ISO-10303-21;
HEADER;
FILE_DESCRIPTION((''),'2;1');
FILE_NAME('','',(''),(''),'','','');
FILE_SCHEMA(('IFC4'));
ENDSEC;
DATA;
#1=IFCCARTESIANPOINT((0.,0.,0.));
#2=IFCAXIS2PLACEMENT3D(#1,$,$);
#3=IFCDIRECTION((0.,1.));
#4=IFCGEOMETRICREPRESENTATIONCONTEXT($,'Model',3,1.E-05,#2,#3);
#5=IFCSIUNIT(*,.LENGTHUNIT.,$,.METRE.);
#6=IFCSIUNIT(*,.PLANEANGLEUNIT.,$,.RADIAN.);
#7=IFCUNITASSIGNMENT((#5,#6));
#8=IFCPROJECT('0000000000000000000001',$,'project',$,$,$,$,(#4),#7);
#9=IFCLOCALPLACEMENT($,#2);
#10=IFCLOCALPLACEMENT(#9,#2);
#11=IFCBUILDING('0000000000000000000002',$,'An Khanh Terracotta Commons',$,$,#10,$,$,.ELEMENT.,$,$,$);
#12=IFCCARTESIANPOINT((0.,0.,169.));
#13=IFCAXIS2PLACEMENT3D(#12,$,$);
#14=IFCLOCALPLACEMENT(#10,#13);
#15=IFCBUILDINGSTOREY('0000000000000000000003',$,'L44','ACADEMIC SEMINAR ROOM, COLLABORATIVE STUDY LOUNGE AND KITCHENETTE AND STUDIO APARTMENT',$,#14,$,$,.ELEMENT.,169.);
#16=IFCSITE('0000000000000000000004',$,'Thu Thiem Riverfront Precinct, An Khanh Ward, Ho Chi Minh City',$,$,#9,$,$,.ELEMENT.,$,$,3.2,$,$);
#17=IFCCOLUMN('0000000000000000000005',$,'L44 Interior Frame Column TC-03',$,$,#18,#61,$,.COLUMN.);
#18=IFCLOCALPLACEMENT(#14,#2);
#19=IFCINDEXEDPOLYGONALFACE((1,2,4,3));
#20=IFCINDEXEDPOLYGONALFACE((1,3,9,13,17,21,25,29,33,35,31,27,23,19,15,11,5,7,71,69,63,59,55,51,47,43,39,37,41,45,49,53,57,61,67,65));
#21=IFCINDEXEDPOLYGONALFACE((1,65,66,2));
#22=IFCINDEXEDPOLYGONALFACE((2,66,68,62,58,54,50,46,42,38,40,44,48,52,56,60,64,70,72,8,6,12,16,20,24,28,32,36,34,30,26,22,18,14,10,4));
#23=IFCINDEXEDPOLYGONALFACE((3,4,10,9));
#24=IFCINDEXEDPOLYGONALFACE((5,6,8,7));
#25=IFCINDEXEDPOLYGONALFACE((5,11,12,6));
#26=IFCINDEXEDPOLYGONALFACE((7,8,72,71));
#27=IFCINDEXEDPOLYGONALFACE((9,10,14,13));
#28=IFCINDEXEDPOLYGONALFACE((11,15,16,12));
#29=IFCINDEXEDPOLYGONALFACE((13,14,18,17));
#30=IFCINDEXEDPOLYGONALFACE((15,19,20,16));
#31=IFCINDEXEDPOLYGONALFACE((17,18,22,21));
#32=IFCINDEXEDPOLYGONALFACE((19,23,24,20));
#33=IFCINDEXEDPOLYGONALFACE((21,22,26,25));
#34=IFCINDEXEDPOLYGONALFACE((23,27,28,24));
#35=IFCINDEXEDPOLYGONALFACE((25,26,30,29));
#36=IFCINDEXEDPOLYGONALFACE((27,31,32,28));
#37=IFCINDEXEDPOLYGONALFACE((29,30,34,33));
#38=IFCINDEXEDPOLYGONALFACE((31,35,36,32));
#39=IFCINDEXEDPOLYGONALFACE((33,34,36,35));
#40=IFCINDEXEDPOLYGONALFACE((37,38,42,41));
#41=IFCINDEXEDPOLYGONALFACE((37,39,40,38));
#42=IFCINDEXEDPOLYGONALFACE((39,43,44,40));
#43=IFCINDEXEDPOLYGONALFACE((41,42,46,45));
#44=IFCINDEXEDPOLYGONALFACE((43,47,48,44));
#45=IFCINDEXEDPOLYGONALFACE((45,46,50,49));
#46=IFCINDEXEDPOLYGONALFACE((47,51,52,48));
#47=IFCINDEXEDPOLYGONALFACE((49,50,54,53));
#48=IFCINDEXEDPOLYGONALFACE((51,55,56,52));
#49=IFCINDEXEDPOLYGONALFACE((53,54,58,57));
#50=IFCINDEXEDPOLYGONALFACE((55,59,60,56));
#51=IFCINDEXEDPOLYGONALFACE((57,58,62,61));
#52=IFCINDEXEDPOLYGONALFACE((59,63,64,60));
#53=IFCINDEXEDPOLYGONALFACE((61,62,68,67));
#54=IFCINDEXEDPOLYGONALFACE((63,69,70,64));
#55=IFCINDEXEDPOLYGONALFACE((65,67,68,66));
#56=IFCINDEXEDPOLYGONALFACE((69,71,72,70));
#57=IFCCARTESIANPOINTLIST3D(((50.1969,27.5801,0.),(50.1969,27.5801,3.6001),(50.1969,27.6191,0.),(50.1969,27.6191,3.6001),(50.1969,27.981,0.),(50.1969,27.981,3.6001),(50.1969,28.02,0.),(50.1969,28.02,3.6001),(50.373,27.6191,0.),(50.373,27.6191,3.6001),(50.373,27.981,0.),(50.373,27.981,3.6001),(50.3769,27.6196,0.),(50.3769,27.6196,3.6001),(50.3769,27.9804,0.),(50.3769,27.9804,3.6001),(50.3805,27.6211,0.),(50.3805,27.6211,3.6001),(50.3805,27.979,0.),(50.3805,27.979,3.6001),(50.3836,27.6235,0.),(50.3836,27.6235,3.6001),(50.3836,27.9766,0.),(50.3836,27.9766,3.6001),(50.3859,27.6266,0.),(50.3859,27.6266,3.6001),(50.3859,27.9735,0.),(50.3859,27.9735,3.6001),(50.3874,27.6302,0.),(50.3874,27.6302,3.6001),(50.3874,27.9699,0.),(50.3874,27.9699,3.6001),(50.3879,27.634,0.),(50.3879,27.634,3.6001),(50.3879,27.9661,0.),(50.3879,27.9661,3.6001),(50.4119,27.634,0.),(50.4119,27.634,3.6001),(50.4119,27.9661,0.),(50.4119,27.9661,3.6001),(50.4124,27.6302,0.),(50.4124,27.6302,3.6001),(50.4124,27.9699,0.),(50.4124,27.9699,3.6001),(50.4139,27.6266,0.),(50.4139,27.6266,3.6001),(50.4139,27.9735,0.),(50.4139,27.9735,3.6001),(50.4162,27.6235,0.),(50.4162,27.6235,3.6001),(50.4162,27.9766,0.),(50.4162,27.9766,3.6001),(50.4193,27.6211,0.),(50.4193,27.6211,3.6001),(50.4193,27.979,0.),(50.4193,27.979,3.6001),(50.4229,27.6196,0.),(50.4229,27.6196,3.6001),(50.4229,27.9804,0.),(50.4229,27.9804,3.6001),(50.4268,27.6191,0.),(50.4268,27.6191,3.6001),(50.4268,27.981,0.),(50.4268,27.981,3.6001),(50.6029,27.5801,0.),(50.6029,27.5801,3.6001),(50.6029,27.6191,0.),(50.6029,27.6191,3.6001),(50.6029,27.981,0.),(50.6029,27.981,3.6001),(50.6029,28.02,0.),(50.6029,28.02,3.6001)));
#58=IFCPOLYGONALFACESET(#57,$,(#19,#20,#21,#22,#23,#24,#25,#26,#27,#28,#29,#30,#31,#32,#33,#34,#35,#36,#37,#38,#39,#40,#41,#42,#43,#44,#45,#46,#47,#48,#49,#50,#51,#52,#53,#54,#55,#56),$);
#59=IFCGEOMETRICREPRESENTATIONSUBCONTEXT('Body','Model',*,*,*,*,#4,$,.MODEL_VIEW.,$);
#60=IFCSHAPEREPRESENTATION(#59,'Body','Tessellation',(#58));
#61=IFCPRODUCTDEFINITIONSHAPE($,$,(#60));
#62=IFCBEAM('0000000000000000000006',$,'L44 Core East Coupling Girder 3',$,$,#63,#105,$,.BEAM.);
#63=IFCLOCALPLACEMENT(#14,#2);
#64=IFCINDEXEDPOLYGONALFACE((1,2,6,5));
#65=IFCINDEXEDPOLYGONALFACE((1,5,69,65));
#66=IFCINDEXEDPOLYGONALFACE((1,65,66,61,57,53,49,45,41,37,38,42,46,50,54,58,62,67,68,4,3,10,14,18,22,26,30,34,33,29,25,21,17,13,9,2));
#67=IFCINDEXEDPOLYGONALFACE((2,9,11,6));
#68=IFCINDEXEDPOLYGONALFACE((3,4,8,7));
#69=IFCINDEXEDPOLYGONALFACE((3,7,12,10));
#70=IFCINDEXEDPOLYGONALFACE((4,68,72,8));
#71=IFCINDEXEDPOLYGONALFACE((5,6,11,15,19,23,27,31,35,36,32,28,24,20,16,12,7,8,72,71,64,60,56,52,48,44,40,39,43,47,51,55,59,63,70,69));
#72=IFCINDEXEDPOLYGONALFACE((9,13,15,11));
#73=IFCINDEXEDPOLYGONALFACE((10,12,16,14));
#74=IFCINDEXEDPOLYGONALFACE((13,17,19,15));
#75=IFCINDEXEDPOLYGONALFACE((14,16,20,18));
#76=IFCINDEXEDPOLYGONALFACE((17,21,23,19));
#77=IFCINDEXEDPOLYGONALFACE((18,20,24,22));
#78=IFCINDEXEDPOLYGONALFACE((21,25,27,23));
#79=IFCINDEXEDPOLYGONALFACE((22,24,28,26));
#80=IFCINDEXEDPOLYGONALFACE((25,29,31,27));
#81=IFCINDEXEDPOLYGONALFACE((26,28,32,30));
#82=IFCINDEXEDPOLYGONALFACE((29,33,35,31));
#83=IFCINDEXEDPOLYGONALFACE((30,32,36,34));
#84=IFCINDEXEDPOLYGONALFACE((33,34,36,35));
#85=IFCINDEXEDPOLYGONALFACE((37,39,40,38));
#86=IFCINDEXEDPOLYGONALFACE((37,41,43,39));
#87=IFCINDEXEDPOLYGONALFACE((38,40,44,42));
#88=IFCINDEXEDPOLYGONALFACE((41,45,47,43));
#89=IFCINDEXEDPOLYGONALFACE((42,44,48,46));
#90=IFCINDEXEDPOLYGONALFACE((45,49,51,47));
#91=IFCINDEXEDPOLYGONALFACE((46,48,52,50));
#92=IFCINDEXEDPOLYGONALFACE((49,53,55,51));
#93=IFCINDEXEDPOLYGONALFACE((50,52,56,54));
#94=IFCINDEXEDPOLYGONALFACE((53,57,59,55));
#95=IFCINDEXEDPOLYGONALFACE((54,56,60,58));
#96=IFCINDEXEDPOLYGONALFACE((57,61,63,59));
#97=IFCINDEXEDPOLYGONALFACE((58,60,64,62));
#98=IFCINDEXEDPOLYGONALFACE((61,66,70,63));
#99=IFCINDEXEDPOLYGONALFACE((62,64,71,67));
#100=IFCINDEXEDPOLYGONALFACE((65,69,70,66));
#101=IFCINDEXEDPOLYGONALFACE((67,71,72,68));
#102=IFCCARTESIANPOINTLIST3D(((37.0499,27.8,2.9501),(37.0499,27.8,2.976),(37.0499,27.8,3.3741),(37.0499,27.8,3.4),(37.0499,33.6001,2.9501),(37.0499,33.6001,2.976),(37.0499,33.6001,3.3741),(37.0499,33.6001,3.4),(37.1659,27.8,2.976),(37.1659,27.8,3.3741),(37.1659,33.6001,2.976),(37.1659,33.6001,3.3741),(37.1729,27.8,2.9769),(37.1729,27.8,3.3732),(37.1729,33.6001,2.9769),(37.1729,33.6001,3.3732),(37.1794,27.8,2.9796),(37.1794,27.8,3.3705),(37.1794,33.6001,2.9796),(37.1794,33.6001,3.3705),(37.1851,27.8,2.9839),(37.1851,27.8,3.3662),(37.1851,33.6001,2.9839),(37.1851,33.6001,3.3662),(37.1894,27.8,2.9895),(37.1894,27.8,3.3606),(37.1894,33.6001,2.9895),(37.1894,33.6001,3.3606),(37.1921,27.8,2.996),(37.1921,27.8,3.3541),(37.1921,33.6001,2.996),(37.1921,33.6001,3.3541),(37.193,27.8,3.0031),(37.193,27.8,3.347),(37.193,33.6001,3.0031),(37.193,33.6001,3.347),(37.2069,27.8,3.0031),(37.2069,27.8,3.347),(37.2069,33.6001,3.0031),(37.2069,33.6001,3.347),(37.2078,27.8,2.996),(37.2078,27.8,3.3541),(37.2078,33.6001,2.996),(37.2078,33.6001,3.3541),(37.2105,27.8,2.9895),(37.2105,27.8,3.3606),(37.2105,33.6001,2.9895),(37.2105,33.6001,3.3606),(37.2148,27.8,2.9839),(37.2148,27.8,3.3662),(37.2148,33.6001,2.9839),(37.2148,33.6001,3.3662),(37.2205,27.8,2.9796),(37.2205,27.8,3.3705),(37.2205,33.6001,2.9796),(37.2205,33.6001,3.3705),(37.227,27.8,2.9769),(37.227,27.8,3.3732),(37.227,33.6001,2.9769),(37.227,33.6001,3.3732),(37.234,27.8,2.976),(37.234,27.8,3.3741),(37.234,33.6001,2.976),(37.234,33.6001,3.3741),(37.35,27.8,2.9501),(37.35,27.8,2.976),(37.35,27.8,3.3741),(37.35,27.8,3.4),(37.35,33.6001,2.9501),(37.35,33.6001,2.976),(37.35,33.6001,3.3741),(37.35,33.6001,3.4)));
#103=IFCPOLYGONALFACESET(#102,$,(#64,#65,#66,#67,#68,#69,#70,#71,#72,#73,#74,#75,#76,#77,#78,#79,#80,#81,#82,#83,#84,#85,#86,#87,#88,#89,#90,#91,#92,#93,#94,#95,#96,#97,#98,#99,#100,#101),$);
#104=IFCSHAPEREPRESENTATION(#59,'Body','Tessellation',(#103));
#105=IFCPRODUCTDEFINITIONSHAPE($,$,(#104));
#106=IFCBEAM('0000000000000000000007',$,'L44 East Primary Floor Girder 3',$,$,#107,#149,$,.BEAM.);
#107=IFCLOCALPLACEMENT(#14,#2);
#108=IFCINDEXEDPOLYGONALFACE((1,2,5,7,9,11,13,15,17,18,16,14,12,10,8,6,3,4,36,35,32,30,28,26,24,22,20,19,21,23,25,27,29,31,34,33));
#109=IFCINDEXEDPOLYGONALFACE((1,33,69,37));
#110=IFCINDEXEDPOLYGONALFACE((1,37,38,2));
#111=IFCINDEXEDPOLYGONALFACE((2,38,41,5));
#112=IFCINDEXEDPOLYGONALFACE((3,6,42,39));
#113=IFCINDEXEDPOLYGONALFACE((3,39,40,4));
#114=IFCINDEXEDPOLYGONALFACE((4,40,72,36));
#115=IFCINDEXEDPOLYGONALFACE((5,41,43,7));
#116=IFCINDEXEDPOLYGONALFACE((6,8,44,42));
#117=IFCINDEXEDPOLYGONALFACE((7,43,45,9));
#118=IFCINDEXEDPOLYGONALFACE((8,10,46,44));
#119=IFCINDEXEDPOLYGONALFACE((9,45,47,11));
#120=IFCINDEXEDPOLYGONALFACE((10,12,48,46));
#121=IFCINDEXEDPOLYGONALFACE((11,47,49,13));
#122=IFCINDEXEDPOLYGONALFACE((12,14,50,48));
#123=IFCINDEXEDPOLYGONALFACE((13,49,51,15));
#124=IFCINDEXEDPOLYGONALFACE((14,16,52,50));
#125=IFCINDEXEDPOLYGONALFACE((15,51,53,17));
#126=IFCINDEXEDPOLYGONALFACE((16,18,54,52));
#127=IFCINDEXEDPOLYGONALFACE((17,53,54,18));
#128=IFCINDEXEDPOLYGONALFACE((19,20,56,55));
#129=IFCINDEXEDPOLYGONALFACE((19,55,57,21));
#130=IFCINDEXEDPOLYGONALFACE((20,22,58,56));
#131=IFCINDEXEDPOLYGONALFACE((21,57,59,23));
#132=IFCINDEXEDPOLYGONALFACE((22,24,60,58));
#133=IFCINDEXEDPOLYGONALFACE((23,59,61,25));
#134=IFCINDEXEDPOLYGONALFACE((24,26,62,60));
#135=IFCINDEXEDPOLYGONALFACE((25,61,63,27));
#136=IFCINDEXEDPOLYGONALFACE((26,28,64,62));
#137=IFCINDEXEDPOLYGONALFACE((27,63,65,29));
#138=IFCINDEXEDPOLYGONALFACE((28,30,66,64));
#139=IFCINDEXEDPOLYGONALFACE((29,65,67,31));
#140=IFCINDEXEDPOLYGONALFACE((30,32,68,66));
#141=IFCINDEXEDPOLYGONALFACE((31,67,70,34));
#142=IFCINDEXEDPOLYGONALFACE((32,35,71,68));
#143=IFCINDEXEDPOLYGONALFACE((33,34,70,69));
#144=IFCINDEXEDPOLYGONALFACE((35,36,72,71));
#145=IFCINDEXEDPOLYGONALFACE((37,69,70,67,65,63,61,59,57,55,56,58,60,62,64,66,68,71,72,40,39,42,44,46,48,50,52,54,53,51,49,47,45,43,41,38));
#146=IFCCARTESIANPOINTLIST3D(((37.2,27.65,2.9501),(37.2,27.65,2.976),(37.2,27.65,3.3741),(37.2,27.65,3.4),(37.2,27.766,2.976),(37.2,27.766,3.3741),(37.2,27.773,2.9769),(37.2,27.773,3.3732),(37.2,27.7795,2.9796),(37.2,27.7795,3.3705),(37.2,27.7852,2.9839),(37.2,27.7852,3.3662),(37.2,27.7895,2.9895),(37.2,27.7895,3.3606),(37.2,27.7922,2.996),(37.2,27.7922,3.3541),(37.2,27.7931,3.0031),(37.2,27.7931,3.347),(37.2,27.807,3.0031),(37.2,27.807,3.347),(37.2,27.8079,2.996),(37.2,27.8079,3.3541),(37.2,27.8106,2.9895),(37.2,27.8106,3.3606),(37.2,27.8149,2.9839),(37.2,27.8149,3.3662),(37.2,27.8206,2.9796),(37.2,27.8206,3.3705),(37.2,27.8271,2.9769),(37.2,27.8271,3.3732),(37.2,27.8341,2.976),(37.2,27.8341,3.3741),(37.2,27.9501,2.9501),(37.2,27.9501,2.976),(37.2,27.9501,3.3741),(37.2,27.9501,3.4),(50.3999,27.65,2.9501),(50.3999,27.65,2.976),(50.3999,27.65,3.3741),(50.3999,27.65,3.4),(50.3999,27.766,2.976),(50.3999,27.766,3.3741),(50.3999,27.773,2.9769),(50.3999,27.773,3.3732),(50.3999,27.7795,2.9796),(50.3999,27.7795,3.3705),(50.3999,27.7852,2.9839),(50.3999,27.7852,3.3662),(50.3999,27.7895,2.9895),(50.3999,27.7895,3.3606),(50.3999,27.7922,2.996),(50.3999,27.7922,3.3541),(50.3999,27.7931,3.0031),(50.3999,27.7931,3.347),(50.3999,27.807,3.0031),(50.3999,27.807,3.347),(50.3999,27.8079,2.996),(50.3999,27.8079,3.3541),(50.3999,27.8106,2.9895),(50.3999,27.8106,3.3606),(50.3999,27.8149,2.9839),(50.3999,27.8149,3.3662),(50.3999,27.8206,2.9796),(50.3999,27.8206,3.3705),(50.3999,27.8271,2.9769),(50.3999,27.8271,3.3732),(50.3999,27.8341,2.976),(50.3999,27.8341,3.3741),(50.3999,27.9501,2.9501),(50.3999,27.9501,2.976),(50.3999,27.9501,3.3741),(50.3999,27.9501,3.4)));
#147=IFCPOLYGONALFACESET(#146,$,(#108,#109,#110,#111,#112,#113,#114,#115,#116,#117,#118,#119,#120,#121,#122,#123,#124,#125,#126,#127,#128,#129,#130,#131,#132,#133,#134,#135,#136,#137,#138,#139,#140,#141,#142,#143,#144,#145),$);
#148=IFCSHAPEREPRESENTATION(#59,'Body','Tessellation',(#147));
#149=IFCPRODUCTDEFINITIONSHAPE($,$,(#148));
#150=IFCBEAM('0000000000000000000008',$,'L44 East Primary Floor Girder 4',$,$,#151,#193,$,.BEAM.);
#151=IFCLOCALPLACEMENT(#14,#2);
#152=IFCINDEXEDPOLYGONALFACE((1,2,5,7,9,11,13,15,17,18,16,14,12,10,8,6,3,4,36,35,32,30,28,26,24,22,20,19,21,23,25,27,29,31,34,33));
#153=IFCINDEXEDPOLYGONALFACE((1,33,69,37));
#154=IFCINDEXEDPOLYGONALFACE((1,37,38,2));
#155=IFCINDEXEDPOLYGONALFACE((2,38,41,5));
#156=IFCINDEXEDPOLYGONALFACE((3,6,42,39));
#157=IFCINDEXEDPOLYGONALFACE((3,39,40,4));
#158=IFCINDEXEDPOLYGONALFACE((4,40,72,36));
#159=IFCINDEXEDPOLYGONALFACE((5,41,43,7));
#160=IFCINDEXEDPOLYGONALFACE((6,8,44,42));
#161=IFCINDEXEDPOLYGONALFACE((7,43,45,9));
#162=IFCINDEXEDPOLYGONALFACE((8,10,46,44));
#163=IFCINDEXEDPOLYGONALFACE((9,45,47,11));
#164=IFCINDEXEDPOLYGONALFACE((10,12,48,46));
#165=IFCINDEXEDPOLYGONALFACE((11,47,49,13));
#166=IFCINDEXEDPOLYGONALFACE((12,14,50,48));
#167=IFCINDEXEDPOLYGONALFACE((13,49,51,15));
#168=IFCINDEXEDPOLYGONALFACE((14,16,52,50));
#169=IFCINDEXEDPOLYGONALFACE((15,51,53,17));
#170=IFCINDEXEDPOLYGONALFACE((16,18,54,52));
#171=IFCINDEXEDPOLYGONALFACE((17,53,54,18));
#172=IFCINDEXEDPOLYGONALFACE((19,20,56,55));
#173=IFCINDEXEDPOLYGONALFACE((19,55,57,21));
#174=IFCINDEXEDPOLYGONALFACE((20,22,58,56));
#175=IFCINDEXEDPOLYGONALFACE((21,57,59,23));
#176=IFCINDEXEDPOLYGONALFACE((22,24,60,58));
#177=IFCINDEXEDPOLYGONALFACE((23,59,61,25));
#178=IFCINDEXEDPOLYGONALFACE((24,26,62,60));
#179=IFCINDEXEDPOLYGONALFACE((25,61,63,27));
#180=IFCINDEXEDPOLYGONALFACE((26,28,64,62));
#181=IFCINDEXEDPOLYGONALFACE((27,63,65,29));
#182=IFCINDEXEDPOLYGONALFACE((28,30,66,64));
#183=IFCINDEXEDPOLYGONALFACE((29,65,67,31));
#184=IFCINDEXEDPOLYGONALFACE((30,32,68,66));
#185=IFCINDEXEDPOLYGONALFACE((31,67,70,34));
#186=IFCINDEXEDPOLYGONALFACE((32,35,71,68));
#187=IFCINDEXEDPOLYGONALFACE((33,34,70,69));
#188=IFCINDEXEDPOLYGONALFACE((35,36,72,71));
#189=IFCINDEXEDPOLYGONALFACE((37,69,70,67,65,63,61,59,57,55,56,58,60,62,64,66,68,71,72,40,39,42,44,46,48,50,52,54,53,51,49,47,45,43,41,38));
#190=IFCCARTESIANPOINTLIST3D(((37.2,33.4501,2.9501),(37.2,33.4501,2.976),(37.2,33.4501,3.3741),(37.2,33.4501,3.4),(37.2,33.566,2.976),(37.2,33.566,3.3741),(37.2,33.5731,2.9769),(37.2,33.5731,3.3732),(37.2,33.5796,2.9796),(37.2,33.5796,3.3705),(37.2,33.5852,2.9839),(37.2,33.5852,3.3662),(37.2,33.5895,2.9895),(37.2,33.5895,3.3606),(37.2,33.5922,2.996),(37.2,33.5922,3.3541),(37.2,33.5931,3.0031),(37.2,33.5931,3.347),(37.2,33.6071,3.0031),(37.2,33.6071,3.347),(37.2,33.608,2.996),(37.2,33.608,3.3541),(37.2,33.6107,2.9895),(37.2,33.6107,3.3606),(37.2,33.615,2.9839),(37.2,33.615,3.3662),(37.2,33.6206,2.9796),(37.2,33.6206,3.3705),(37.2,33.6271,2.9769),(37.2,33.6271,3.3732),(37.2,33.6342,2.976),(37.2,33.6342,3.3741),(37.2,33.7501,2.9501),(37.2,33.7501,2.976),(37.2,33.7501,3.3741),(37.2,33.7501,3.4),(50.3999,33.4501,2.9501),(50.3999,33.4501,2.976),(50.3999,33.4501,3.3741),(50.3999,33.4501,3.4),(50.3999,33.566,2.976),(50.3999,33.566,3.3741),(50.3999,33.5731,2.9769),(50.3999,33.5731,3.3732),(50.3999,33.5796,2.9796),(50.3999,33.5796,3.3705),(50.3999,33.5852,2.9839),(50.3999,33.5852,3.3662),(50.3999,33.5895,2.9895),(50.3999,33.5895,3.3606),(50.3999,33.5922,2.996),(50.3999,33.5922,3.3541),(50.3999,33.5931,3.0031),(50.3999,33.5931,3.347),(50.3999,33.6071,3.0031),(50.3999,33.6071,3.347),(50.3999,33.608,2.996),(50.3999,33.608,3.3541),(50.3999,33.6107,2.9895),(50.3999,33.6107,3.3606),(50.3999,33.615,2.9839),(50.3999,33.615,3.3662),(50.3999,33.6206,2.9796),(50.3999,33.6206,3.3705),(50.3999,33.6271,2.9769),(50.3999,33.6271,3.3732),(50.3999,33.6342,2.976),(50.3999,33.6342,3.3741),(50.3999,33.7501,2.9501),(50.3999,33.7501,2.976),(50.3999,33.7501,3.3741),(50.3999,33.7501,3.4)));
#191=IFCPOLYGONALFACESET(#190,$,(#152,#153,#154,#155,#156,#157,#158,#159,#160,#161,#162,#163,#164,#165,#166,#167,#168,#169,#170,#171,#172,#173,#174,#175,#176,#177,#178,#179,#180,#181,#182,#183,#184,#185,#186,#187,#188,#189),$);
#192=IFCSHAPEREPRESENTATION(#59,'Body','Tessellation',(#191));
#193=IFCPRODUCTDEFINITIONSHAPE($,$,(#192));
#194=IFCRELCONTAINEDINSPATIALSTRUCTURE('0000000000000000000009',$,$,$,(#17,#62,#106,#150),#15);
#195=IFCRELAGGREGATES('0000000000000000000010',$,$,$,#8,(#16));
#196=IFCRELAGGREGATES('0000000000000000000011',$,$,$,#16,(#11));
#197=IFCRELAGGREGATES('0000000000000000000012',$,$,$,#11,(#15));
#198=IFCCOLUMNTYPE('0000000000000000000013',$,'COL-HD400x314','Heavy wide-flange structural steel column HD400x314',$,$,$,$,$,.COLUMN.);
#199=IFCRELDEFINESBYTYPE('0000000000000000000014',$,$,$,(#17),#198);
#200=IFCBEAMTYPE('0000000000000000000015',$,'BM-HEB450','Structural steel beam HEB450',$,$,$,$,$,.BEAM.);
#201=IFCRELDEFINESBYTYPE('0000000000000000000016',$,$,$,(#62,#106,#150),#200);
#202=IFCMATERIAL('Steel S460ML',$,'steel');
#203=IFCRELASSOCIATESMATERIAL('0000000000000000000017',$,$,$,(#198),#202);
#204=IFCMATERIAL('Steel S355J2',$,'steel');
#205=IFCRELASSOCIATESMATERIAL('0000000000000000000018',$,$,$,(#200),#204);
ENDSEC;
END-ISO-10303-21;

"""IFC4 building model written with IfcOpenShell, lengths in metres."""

from ifc_helpers import new_model, si_unit, direction, frame, origin, origin_2d, place, context, subcontext, project, spatial, i_section, extrude, material, material_profile, profile_set, type_object, element, save


model = new_model("IFC4")

# Units and contexts
model_context = context("Model", 3, precision=1e-05, world=origin(), true_north=direction((0.0, 1.0)))
body_context = subcontext(model_context, "Body", "Model", "MODEL_VIEW")
ifc_project = project(units=[si_unit("LENGTHUNIT", "METRE"), si_unit("PLANEANGLEUNIT", "RADIAN")], contexts=[model_context])

# Site, building, storey
site_placement = place(None, origin())
site = spatial("IfcSite", under=ifc_project, at=site_placement, Name="Thu Thiem Riverfront Precinct, An Khanh Ward, Ho Chi Minh City", CompositionType="ELEMENT", RefElevation=3.2)
building_placement = place(site_placement, origin())
building = spatial("IfcBuilding", under=site, at=building_placement, Name="An Khanh Terracotta Commons", CompositionType="ELEMENT")
storey_placement = place(building_placement, frame((0.0, 0.0, 169.0)))
storey = spatial("IfcBuildingStorey", under=building, at=storey_placement, Name="L44", Description="ACADEMIC SEMINAR ROOM, COLLABORATIVE STUDY LOUNGE AND KITCHENETTE AND STUDIO APARTMENT", CompositionType="ELEMENT", Elevation=169.0)

# Column
ifc_material_1 = material(Name="Steel S460ML", Category="steel")
ifc_material_profile_1 = material_profile(ifc_material_1, i_section(OverallWidth=0.406, OverallDepth=0.4399, WebThickness=0.0239, FlangeThickness=0.0391, FilletRadius=0.0149, at=origin_2d()), Name="HD400x314")
ifc_profile_set_1 = profile_set([ifc_material_profile_1], Name="Steel S460ML")
column_type = type_object("IfcColumnType", Name="COL-HD400x314", Description="Heavy wide-flange structural steel column HD400x314", PredefinedType="COLUMN", material=ifc_profile_set_1)
column_placement = place(storey_placement, frame((50.3999, 27.8, 0.0), z_axis=(0.0, 0.0, 1.0), x_axis=(1.0, 0.0, 0.0)))
element("IfcColumn", 1, at=column_placement, inside=storey, type_object=column_type, Name="L44 Interior Frame Column TC-03", PredefinedType="COLUMN", context=body_context, shape_type="SweptSolid", body=[
    extrude(i_section(OverallWidth=0.406, OverallDepth=0.4399, WebThickness=0.0239, FlangeThickness=0.0391, FilletRadius=0.0149, at=origin_2d()), origin(), (0.0, 0.0, 1.0), 3.6001),
])

# Beams
ifc_material_2 = material(Name="Steel S355J2", Category="steel")
ifc_material_profile_2 = material_profile(ifc_material_2, i_section(OverallWidth=0.3, OverallDepth=0.45, WebThickness=0.0139, FlangeThickness=0.0259, FilletRadius=0.0271, at=origin_2d()), Name="HEB450")
ifc_profile_set_2 = profile_set([ifc_material_profile_2], Name="Steel S355J2")
beam_type_1 = type_object("IfcBeamType", Name="BM-HEB450", Description="Structural steel beam HEB450", PredefinedType="BEAM", material=ifc_profile_set_2)
beam_1_placement = place(storey_placement, frame((37.2, 27.8, 3.175), z_axis=(0.0, 1.0, 0.0), x_axis=(-1.0, 0.0, 0.0)))
element("IfcBeam", 2, at=beam_1_placement, inside=storey, type_object=beam_type_1, Name="L44 Core East Coupling Girder 3", PredefinedType="BEAM", context=body_context, shape_type="SweptSolid", body=[
    extrude(i_section(OverallWidth=0.3, OverallDepth=0.45, WebThickness=0.0139, FlangeThickness=0.0259, FilletRadius=0.0271, at=origin_2d()), origin(), (0.0, 0.0, 1.0), 5.8),
])
for number, where, z_axis, x_axis, name in (
    (3, (37.2, 27.8, 3.175), (1.0, 0.0, 0.0), (0.0, 1.0, 0.0), "L44 East Primary Floor Girder 3"),
    (4, (37.2, 33.6001, 3.175), (1.0, 0.0, 0.0), (0.0, 1.0, 0.0), "L44 East Primary Floor Girder 4"),
):
    element("IfcBeam", number, at=place(storey_placement, frame(where, z_axis=z_axis, x_axis=x_axis)), inside=storey, type_object=beam_type_1, Name=name, PredefinedType="BEAM", context=body_context, shape_type="SweptSolid", body=[
        extrude(i_section(OverallWidth=0.3, OverallDepth=0.45, WebThickness=0.0139, FlangeThickness=0.0259, FilletRadius=0.0271, at=origin_2d()), origin(), (0.0, 0.0, 1.0), 13.2),
    ])

save(model, "model.ifc")
